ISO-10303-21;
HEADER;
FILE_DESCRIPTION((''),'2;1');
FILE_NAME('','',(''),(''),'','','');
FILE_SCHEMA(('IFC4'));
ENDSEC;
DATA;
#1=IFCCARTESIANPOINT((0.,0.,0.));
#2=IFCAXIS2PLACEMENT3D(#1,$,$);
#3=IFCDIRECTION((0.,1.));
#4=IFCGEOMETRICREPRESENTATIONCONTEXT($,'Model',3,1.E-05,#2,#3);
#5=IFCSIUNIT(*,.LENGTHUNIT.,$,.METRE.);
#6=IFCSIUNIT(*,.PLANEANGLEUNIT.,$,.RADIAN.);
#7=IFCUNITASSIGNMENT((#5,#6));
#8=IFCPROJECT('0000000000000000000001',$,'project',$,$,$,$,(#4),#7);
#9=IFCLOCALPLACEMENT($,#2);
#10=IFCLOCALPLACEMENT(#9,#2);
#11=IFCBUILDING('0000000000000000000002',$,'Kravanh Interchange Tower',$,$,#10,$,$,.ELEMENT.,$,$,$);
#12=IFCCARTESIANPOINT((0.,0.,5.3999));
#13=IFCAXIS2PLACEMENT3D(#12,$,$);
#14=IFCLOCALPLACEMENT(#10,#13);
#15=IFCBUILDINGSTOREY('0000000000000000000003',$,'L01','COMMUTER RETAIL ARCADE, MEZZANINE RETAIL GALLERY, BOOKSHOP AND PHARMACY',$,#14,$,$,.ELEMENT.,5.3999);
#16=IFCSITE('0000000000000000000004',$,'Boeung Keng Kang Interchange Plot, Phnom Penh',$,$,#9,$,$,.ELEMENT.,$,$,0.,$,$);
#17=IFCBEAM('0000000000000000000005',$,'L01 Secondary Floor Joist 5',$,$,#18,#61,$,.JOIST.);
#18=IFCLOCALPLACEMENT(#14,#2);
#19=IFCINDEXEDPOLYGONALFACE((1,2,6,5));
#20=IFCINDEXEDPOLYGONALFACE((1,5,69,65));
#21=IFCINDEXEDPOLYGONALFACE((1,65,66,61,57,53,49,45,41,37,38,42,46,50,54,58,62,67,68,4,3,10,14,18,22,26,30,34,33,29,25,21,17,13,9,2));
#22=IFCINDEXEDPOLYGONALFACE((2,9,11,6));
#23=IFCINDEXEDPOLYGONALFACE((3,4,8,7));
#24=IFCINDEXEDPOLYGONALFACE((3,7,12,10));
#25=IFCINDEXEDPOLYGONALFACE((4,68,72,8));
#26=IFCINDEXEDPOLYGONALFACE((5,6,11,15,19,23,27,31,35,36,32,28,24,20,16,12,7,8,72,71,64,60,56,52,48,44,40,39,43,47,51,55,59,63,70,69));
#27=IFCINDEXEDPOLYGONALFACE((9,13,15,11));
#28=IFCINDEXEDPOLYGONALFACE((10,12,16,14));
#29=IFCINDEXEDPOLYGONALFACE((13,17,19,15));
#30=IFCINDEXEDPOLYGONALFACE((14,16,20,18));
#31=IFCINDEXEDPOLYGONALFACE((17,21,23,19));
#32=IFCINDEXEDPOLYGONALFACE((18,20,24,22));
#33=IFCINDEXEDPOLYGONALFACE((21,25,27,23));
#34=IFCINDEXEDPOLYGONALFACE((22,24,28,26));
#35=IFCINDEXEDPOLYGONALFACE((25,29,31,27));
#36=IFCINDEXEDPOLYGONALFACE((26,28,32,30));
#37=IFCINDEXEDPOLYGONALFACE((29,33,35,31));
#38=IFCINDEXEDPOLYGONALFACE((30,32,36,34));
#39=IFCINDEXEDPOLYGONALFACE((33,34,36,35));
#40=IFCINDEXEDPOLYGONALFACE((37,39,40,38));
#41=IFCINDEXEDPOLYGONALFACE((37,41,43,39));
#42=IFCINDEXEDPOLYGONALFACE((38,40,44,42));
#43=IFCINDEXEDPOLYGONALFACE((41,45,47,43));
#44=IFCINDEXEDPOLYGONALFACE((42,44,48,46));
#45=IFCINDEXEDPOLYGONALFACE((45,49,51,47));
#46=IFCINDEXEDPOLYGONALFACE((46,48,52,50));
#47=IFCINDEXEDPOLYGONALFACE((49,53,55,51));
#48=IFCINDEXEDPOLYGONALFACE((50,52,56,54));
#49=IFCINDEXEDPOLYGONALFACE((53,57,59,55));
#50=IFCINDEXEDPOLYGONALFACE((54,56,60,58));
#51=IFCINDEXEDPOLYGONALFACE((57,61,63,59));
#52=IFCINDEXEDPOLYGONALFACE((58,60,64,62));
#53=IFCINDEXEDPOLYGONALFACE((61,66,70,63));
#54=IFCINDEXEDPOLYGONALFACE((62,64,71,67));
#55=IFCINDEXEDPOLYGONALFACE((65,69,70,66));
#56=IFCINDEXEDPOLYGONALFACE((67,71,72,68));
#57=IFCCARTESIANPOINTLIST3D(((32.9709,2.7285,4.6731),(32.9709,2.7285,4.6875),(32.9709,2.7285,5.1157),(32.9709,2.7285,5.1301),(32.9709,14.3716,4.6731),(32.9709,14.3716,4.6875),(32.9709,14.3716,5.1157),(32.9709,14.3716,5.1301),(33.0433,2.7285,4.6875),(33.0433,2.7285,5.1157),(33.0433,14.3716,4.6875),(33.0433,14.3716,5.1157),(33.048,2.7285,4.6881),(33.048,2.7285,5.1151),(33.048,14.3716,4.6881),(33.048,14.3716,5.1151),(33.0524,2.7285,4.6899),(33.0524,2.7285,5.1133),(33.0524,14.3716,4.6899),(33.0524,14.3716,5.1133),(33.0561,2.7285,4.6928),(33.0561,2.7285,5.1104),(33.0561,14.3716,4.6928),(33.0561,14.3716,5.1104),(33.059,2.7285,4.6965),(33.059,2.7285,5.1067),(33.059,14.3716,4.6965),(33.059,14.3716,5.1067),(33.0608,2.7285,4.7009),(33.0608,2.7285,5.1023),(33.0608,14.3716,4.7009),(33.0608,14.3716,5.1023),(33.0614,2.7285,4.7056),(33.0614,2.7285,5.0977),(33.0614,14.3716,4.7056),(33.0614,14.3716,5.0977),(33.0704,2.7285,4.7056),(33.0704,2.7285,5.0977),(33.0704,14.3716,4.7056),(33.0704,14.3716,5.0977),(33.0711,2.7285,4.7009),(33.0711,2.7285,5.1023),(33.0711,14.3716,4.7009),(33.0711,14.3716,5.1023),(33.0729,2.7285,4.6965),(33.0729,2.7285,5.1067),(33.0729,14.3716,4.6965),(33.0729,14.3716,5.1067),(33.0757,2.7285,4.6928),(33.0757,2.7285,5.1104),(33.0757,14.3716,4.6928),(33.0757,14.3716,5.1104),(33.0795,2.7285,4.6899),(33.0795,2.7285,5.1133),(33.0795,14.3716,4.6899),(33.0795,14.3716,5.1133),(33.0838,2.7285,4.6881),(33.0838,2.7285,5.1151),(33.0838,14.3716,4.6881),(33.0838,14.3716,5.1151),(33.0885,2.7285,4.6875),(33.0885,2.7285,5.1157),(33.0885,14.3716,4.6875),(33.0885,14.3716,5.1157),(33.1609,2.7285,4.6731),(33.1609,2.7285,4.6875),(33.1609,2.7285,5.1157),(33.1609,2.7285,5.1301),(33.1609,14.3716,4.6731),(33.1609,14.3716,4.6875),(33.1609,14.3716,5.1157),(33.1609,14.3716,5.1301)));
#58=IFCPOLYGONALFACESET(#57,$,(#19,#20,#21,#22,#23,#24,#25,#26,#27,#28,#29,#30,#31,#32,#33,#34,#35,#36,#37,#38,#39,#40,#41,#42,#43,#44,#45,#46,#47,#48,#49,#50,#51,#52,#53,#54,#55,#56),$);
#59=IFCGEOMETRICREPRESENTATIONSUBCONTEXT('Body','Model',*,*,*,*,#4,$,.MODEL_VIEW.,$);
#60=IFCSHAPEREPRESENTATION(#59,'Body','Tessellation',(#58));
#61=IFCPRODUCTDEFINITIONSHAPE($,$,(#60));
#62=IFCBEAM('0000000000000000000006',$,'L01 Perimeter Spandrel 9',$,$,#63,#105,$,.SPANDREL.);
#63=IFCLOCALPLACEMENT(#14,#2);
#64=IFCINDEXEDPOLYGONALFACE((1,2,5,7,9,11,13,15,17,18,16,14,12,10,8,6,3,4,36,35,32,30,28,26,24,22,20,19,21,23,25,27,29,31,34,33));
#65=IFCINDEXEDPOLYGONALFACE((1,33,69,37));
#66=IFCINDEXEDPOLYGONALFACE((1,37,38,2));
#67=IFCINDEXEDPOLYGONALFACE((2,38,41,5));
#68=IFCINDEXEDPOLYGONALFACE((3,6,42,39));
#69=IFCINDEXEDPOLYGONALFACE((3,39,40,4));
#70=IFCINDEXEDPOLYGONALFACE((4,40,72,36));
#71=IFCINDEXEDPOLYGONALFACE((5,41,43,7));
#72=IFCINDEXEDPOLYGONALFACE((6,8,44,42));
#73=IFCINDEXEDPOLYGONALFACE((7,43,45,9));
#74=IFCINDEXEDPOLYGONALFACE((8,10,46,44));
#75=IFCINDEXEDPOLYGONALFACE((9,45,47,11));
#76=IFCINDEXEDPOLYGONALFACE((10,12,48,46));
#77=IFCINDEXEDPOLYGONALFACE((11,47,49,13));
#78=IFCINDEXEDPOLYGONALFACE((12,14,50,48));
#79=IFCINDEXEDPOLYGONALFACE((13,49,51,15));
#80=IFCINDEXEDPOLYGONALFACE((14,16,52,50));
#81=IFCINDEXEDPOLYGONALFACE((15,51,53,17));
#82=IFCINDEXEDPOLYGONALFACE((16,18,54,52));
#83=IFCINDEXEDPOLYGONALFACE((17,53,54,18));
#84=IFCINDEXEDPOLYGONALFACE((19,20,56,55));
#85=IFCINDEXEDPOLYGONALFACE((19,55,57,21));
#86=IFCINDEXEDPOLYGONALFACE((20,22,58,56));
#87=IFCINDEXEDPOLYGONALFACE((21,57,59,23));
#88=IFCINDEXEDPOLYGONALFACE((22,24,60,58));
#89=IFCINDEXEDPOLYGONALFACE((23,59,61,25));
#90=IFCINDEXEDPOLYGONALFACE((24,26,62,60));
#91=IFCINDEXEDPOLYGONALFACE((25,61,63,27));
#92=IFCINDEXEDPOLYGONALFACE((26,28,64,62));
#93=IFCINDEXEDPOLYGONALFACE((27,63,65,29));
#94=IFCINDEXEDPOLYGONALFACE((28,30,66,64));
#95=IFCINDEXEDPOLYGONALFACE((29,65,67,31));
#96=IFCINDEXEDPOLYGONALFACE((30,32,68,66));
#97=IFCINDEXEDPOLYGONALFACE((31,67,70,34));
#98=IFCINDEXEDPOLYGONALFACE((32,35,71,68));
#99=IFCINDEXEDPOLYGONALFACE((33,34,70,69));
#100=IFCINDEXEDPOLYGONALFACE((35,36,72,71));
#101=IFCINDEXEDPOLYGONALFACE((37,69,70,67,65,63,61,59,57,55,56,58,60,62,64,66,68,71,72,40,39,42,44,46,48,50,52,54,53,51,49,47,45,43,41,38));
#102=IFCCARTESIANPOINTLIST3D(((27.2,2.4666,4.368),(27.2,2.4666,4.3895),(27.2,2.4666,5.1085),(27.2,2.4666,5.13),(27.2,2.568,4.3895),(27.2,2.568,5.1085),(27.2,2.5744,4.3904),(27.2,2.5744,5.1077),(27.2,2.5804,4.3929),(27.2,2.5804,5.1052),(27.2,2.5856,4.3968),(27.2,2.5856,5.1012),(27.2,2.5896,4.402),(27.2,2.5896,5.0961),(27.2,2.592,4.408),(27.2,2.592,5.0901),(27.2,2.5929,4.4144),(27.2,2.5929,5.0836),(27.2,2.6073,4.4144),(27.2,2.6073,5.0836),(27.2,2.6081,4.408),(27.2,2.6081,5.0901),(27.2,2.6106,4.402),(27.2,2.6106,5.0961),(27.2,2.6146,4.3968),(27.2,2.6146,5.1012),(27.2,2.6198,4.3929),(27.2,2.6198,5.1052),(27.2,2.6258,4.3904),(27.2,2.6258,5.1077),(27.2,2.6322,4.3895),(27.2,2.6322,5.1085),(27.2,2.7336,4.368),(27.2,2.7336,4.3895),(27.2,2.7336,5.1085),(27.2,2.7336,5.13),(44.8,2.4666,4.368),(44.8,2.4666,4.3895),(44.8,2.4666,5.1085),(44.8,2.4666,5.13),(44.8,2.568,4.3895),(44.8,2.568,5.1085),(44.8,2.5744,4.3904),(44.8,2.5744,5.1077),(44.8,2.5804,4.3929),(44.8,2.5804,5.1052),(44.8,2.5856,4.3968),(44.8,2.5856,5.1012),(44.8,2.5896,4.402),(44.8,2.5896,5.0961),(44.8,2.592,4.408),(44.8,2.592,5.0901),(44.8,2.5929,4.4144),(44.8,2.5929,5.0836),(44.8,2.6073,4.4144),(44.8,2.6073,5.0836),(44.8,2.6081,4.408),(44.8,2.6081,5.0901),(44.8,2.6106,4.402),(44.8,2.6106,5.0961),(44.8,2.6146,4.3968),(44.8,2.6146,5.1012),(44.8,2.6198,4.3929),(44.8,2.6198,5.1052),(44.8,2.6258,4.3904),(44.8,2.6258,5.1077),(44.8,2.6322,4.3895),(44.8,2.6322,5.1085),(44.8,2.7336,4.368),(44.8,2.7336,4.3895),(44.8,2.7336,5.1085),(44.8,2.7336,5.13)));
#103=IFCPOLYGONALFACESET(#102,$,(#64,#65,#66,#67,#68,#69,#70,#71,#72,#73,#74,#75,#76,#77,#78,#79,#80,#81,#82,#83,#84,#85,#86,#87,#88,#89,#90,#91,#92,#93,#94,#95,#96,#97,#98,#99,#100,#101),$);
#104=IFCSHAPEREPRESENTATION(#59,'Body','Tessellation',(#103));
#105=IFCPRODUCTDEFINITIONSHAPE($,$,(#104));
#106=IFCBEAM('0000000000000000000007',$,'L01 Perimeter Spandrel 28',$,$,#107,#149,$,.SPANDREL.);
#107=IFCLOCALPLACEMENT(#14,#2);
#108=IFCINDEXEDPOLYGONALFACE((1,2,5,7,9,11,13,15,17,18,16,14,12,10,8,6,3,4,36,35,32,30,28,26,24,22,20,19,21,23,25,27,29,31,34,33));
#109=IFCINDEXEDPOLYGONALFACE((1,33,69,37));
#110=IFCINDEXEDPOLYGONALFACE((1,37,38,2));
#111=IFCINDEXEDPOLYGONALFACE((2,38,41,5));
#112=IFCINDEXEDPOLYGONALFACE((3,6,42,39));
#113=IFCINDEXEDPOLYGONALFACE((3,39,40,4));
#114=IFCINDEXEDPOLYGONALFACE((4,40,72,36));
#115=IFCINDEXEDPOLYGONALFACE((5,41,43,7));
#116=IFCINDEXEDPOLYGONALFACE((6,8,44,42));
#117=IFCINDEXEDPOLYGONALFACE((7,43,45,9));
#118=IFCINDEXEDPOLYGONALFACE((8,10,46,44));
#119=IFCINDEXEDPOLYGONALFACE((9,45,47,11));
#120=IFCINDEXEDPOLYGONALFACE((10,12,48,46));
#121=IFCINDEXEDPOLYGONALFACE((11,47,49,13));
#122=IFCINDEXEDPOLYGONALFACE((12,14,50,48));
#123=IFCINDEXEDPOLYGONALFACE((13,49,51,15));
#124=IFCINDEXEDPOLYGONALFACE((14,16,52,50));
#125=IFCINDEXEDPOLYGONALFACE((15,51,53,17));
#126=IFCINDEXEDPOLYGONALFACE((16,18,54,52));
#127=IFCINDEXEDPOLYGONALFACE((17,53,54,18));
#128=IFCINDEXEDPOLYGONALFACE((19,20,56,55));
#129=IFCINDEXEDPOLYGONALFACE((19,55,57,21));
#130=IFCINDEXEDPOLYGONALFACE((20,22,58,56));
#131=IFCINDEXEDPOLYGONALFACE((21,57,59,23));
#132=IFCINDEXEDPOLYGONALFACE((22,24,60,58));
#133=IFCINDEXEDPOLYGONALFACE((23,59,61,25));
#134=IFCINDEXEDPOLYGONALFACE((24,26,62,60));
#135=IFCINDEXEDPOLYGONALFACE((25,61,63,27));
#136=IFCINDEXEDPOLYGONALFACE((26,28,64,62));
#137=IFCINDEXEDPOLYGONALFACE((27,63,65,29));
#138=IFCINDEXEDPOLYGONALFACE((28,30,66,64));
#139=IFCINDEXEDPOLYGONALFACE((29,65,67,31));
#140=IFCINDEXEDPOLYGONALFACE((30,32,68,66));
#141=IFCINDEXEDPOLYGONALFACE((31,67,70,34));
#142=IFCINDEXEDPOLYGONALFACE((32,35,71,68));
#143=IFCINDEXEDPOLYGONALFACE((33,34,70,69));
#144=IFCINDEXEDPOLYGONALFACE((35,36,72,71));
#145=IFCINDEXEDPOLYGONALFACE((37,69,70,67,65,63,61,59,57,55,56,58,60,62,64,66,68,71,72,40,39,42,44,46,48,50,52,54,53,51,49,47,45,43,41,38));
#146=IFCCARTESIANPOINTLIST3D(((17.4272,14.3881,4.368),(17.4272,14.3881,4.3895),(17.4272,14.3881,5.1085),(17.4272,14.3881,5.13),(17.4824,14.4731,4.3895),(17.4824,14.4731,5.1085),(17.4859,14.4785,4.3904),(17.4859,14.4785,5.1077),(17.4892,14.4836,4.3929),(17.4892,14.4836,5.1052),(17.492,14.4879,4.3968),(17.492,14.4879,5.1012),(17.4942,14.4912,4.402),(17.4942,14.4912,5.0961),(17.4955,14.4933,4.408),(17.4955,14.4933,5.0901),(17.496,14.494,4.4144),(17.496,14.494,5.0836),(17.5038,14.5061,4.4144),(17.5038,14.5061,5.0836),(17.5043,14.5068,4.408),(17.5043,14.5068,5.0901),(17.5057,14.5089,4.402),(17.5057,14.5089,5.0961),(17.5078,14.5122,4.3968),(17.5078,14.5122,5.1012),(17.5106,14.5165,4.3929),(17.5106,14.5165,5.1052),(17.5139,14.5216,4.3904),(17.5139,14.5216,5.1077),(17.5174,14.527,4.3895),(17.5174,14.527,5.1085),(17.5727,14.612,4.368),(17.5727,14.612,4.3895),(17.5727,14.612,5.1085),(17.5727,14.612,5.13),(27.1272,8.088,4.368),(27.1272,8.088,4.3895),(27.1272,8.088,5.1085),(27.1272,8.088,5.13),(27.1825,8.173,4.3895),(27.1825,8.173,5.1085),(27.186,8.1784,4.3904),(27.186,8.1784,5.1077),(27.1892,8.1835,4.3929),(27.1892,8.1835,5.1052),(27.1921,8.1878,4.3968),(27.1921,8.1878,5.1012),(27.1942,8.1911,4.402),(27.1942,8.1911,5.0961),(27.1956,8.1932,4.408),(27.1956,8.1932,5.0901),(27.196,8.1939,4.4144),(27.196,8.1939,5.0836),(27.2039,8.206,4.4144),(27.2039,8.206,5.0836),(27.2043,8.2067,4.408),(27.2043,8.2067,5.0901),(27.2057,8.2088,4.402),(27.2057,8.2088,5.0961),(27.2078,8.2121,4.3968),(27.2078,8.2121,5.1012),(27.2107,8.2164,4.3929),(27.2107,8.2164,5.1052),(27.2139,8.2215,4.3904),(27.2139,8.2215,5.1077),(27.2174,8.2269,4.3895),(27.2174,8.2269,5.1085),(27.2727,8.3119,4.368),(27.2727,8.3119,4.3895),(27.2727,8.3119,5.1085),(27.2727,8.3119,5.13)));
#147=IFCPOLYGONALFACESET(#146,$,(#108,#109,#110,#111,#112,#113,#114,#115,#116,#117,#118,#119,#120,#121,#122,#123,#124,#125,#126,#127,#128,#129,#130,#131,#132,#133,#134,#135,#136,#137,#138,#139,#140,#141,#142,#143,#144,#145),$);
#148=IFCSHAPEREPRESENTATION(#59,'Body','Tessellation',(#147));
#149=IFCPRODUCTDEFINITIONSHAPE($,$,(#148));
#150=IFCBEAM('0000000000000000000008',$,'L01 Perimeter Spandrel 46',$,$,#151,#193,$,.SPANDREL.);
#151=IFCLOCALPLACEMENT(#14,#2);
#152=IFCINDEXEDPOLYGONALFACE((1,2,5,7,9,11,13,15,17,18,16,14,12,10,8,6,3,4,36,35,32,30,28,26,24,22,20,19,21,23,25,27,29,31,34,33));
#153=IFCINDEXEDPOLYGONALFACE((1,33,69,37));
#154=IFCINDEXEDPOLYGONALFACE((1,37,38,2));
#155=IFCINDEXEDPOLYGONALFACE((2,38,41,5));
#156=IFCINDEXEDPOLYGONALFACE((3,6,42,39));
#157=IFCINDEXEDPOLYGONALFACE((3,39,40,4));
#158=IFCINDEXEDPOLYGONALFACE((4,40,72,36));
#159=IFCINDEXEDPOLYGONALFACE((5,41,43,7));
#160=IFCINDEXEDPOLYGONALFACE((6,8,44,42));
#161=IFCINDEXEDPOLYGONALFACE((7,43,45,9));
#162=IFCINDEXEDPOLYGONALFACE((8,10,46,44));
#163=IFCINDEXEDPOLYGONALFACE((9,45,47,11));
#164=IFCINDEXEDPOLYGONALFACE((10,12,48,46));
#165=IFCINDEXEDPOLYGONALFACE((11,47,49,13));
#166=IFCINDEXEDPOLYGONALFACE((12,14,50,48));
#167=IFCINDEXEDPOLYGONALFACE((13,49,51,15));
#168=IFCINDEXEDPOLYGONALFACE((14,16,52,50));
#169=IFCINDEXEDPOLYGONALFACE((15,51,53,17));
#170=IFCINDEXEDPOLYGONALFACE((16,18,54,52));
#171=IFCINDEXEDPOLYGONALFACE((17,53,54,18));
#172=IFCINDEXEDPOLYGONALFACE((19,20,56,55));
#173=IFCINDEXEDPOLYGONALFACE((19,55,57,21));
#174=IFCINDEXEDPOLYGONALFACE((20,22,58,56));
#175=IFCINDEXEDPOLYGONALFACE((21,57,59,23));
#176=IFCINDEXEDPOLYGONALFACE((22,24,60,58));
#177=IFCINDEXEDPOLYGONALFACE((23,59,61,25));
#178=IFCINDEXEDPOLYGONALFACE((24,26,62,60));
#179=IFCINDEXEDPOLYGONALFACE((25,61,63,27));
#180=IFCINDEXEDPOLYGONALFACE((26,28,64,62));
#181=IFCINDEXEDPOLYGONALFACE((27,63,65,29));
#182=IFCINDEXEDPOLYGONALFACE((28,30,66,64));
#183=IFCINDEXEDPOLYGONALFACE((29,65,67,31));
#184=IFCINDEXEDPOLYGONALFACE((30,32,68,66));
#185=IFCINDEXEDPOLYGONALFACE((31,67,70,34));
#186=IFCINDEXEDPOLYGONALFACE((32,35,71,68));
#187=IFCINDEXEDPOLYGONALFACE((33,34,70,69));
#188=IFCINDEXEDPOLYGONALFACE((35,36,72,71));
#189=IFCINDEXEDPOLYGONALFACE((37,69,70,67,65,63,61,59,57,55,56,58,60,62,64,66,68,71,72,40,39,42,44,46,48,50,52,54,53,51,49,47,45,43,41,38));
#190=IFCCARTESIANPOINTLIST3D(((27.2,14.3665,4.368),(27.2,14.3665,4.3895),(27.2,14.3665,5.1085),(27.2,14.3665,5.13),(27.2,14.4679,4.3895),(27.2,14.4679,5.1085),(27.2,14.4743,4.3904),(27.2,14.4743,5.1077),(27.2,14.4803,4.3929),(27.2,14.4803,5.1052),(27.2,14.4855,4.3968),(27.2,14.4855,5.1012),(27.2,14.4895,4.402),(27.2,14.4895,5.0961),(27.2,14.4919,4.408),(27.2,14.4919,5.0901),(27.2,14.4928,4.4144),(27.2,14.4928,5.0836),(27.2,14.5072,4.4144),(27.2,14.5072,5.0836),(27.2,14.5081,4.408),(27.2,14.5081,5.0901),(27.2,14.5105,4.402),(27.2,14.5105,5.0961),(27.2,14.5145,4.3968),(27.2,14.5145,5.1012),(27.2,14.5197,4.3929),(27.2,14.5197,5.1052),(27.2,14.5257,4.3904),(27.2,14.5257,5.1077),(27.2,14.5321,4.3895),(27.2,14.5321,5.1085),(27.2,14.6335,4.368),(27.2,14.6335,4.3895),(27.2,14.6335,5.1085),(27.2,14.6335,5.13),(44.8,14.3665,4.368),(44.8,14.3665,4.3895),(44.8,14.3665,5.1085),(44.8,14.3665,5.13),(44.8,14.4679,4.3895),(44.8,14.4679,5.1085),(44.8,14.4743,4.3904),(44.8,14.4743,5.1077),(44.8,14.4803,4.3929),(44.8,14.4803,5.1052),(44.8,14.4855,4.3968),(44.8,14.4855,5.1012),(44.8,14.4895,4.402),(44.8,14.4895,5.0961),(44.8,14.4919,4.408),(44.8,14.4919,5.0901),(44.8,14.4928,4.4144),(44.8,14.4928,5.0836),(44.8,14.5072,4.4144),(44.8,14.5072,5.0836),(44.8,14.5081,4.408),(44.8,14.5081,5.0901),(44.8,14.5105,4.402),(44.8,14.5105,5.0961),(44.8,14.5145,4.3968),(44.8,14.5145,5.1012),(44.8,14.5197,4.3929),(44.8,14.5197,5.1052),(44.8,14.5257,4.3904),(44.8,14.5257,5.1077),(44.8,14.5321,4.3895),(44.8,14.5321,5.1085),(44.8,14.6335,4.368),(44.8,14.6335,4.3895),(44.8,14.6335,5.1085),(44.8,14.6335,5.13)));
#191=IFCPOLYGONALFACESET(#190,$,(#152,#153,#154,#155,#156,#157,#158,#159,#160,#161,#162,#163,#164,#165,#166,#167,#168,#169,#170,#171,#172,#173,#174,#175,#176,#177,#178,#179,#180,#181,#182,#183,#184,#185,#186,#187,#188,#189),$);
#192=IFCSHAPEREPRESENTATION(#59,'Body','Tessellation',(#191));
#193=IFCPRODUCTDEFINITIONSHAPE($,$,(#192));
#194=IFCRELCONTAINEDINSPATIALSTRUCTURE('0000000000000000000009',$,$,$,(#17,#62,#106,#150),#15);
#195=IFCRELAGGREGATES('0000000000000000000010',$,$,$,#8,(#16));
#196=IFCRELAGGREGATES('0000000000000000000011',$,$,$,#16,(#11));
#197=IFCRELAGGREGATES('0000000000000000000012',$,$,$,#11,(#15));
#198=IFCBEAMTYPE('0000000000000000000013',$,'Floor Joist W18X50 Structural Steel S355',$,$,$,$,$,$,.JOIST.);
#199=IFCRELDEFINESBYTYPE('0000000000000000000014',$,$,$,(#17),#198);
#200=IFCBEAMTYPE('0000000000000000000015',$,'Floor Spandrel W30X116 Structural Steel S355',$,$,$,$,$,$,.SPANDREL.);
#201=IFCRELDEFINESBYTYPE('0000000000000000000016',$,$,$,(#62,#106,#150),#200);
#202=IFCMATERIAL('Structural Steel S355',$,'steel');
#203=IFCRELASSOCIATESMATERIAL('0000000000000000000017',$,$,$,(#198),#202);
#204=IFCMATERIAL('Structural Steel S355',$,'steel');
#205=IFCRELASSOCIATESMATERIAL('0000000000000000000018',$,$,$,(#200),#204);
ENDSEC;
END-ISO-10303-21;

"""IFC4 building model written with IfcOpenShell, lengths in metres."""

from ifc_helpers import new_model, si_unit, direction, frame, origin, origin_2d, place, context, subcontext, project, spatial, i_section, extrude, material, material_profile, profile_set, type_object, element, save


model = new_model("IFC4")

# Units and contexts
model_context = context("Model", 3, precision=1e-05, world=origin(), true_north=direction((0.0, 1.0)))
body_context = subcontext(model_context, "Body", "Model", "MODEL_VIEW")
ifc_project = project(units=[si_unit("LENGTHUNIT", "METRE"), si_unit("PLANEANGLEUNIT", "RADIAN")], contexts=[model_context])

# Site, building, storey
site_placement = place(None, origin())
site = spatial("IfcSite", under=ifc_project, at=site_placement, Name="Boeung Keng Kang Interchange Plot, Phnom Penh", CompositionType="ELEMENT", RefElevation=0.0)
building_placement = place(site_placement, origin())
building = spatial("IfcBuilding", under=site, at=building_placement, Name="Kravanh Interchange Tower", CompositionType="ELEMENT")
storey_placement = place(building_placement, frame((0.0, 0.0, 5.3999)))
storey = spatial("IfcBuildingStorey", under=building, at=storey_placement, Name="L01", Description="COMMUTER RETAIL ARCADE, MEZZANINE RETAIL GALLERY, BOOKSHOP AND PHARMACY", CompositionType="ELEMENT", Elevation=5.3999)

# Beams
ifc_material_1 = material(Name="Structural Steel S355", Category="steel")
ifc_material_profile_1 = material_profile(ifc_material_1, i_section(OverallWidth=0.1899, OverallDepth=0.457, WebThickness=0.009, FlangeThickness=0.0144, FilletRadius=0.0181, at=origin_2d()), Name="W18X50")
ifc_profile_set_1 = profile_set([ifc_material_profile_1], Name="Structural Steel S355")
beam_type_1 = type_object("IfcBeamType", Name="Floor Joist W18X50 Structural Steel S355", PredefinedType="JOIST", material=ifc_profile_set_1)
for number, where, z_axis, x_axis, name in (
    (1, (33.0659, 2.7285, 4.9016), (0.0, 1.0, 0.0), (-1.0, 0.0, 0.0), "L01 Secondary Floor Joist 5"),
):
    element("IfcBeam", number, at=place(storey_placement, frame(where, z_axis=z_axis, x_axis=x_axis)), inside=storey, type_object=beam_type_1, Name=name, PredefinedType="JOIST", context=body_context, shape_type="SweptSolid", body=[
        extrude(i_section(OverallWidth=0.1899, OverallDepth=0.457, WebThickness=0.009, FlangeThickness=0.0144, FilletRadius=0.0181, at=origin_2d()), origin(), (0.0, 0.0, 1.0), 11.6431),
    ])
ifc_material_2 = material(Name="Structural Steel S355", Category="steel")
ifc_material_profile_2 = material_profile(ifc_material_2, i_section(OverallWidth=0.2671, OverallDepth=0.762, WebThickness=0.0144, FlangeThickness=0.0215, FilletRadius=0.0249, at=origin_2d()), Name="W30X116")
ifc_profile_set_2 = profile_set([ifc_material_profile_2], Name="Structural Steel S355")
beam_type_2 = type_object("IfcBeamType", Name="Floor Spandrel W30X116 Structural Steel S355", PredefinedType="SPANDREL", material=ifc_profile_set_2)
beam_1_placement = place(storey_placement, frame((27.2, 2.6001, 4.749), z_axis=(1.0, 0.0, 0.0), x_axis=(0.0, 1.0, 0.0)))
element("IfcBeam", 2, at=beam_1_placement, inside=storey, type_object=beam_type_2, Name="L01 Perimeter Spandrel 9", PredefinedType="SPANDREL", context=body_context, shape_type="SweptSolid", body=[
    extrude(i_section(OverallWidth=0.2671, OverallDepth=0.762, WebThickness=0.0144, FlangeThickness=0.0215, FilletRadius=0.0249, at=origin_2d()), origin(), (0.0, 0.0, 1.0), 17.6001),
])
beam_2_placement = place(storey_placement, frame((27.2, 8.2, 4.749), z_axis=(-0.838638, 0.544689, 0.0), x_axis=(-0.544689, -0.838638, 0.0)))
element("IfcBeam", 3, at=beam_2_placement, inside=storey, type_object=beam_type_2, Name="L01 Perimeter Spandrel 28", PredefinedType="SPANDREL", context=body_context, shape_type="SweptSolid", body=[
    extrude(i_section(OverallWidth=0.2671, OverallDepth=0.762, WebThickness=0.0144, FlangeThickness=0.0215, FilletRadius=0.0249, at=origin_2d()), origin(), (0.0, 0.0, 1.0), 11.5664),
])
beam_3_placement = place(storey_placement, frame((27.2, 14.5, 4.749), z_axis=(1.0, 0.0, 0.0), x_axis=(0.0, 1.0, 0.0)))
element("IfcBeam", 4, at=beam_3_placement, inside=storey, type_object=beam_type_2, Name="L01 Perimeter Spandrel 46", PredefinedType="SPANDREL", context=body_context, shape_type="SweptSolid", body=[
    extrude(i_section(OverallWidth=0.2671, OverallDepth=0.762, WebThickness=0.0144, FlangeThickness=0.0215, FilletRadius=0.0249, at=origin_2d()), origin(), (0.0, 0.0, 1.0), 17.6001),
])

save(model, "model.ifc")
